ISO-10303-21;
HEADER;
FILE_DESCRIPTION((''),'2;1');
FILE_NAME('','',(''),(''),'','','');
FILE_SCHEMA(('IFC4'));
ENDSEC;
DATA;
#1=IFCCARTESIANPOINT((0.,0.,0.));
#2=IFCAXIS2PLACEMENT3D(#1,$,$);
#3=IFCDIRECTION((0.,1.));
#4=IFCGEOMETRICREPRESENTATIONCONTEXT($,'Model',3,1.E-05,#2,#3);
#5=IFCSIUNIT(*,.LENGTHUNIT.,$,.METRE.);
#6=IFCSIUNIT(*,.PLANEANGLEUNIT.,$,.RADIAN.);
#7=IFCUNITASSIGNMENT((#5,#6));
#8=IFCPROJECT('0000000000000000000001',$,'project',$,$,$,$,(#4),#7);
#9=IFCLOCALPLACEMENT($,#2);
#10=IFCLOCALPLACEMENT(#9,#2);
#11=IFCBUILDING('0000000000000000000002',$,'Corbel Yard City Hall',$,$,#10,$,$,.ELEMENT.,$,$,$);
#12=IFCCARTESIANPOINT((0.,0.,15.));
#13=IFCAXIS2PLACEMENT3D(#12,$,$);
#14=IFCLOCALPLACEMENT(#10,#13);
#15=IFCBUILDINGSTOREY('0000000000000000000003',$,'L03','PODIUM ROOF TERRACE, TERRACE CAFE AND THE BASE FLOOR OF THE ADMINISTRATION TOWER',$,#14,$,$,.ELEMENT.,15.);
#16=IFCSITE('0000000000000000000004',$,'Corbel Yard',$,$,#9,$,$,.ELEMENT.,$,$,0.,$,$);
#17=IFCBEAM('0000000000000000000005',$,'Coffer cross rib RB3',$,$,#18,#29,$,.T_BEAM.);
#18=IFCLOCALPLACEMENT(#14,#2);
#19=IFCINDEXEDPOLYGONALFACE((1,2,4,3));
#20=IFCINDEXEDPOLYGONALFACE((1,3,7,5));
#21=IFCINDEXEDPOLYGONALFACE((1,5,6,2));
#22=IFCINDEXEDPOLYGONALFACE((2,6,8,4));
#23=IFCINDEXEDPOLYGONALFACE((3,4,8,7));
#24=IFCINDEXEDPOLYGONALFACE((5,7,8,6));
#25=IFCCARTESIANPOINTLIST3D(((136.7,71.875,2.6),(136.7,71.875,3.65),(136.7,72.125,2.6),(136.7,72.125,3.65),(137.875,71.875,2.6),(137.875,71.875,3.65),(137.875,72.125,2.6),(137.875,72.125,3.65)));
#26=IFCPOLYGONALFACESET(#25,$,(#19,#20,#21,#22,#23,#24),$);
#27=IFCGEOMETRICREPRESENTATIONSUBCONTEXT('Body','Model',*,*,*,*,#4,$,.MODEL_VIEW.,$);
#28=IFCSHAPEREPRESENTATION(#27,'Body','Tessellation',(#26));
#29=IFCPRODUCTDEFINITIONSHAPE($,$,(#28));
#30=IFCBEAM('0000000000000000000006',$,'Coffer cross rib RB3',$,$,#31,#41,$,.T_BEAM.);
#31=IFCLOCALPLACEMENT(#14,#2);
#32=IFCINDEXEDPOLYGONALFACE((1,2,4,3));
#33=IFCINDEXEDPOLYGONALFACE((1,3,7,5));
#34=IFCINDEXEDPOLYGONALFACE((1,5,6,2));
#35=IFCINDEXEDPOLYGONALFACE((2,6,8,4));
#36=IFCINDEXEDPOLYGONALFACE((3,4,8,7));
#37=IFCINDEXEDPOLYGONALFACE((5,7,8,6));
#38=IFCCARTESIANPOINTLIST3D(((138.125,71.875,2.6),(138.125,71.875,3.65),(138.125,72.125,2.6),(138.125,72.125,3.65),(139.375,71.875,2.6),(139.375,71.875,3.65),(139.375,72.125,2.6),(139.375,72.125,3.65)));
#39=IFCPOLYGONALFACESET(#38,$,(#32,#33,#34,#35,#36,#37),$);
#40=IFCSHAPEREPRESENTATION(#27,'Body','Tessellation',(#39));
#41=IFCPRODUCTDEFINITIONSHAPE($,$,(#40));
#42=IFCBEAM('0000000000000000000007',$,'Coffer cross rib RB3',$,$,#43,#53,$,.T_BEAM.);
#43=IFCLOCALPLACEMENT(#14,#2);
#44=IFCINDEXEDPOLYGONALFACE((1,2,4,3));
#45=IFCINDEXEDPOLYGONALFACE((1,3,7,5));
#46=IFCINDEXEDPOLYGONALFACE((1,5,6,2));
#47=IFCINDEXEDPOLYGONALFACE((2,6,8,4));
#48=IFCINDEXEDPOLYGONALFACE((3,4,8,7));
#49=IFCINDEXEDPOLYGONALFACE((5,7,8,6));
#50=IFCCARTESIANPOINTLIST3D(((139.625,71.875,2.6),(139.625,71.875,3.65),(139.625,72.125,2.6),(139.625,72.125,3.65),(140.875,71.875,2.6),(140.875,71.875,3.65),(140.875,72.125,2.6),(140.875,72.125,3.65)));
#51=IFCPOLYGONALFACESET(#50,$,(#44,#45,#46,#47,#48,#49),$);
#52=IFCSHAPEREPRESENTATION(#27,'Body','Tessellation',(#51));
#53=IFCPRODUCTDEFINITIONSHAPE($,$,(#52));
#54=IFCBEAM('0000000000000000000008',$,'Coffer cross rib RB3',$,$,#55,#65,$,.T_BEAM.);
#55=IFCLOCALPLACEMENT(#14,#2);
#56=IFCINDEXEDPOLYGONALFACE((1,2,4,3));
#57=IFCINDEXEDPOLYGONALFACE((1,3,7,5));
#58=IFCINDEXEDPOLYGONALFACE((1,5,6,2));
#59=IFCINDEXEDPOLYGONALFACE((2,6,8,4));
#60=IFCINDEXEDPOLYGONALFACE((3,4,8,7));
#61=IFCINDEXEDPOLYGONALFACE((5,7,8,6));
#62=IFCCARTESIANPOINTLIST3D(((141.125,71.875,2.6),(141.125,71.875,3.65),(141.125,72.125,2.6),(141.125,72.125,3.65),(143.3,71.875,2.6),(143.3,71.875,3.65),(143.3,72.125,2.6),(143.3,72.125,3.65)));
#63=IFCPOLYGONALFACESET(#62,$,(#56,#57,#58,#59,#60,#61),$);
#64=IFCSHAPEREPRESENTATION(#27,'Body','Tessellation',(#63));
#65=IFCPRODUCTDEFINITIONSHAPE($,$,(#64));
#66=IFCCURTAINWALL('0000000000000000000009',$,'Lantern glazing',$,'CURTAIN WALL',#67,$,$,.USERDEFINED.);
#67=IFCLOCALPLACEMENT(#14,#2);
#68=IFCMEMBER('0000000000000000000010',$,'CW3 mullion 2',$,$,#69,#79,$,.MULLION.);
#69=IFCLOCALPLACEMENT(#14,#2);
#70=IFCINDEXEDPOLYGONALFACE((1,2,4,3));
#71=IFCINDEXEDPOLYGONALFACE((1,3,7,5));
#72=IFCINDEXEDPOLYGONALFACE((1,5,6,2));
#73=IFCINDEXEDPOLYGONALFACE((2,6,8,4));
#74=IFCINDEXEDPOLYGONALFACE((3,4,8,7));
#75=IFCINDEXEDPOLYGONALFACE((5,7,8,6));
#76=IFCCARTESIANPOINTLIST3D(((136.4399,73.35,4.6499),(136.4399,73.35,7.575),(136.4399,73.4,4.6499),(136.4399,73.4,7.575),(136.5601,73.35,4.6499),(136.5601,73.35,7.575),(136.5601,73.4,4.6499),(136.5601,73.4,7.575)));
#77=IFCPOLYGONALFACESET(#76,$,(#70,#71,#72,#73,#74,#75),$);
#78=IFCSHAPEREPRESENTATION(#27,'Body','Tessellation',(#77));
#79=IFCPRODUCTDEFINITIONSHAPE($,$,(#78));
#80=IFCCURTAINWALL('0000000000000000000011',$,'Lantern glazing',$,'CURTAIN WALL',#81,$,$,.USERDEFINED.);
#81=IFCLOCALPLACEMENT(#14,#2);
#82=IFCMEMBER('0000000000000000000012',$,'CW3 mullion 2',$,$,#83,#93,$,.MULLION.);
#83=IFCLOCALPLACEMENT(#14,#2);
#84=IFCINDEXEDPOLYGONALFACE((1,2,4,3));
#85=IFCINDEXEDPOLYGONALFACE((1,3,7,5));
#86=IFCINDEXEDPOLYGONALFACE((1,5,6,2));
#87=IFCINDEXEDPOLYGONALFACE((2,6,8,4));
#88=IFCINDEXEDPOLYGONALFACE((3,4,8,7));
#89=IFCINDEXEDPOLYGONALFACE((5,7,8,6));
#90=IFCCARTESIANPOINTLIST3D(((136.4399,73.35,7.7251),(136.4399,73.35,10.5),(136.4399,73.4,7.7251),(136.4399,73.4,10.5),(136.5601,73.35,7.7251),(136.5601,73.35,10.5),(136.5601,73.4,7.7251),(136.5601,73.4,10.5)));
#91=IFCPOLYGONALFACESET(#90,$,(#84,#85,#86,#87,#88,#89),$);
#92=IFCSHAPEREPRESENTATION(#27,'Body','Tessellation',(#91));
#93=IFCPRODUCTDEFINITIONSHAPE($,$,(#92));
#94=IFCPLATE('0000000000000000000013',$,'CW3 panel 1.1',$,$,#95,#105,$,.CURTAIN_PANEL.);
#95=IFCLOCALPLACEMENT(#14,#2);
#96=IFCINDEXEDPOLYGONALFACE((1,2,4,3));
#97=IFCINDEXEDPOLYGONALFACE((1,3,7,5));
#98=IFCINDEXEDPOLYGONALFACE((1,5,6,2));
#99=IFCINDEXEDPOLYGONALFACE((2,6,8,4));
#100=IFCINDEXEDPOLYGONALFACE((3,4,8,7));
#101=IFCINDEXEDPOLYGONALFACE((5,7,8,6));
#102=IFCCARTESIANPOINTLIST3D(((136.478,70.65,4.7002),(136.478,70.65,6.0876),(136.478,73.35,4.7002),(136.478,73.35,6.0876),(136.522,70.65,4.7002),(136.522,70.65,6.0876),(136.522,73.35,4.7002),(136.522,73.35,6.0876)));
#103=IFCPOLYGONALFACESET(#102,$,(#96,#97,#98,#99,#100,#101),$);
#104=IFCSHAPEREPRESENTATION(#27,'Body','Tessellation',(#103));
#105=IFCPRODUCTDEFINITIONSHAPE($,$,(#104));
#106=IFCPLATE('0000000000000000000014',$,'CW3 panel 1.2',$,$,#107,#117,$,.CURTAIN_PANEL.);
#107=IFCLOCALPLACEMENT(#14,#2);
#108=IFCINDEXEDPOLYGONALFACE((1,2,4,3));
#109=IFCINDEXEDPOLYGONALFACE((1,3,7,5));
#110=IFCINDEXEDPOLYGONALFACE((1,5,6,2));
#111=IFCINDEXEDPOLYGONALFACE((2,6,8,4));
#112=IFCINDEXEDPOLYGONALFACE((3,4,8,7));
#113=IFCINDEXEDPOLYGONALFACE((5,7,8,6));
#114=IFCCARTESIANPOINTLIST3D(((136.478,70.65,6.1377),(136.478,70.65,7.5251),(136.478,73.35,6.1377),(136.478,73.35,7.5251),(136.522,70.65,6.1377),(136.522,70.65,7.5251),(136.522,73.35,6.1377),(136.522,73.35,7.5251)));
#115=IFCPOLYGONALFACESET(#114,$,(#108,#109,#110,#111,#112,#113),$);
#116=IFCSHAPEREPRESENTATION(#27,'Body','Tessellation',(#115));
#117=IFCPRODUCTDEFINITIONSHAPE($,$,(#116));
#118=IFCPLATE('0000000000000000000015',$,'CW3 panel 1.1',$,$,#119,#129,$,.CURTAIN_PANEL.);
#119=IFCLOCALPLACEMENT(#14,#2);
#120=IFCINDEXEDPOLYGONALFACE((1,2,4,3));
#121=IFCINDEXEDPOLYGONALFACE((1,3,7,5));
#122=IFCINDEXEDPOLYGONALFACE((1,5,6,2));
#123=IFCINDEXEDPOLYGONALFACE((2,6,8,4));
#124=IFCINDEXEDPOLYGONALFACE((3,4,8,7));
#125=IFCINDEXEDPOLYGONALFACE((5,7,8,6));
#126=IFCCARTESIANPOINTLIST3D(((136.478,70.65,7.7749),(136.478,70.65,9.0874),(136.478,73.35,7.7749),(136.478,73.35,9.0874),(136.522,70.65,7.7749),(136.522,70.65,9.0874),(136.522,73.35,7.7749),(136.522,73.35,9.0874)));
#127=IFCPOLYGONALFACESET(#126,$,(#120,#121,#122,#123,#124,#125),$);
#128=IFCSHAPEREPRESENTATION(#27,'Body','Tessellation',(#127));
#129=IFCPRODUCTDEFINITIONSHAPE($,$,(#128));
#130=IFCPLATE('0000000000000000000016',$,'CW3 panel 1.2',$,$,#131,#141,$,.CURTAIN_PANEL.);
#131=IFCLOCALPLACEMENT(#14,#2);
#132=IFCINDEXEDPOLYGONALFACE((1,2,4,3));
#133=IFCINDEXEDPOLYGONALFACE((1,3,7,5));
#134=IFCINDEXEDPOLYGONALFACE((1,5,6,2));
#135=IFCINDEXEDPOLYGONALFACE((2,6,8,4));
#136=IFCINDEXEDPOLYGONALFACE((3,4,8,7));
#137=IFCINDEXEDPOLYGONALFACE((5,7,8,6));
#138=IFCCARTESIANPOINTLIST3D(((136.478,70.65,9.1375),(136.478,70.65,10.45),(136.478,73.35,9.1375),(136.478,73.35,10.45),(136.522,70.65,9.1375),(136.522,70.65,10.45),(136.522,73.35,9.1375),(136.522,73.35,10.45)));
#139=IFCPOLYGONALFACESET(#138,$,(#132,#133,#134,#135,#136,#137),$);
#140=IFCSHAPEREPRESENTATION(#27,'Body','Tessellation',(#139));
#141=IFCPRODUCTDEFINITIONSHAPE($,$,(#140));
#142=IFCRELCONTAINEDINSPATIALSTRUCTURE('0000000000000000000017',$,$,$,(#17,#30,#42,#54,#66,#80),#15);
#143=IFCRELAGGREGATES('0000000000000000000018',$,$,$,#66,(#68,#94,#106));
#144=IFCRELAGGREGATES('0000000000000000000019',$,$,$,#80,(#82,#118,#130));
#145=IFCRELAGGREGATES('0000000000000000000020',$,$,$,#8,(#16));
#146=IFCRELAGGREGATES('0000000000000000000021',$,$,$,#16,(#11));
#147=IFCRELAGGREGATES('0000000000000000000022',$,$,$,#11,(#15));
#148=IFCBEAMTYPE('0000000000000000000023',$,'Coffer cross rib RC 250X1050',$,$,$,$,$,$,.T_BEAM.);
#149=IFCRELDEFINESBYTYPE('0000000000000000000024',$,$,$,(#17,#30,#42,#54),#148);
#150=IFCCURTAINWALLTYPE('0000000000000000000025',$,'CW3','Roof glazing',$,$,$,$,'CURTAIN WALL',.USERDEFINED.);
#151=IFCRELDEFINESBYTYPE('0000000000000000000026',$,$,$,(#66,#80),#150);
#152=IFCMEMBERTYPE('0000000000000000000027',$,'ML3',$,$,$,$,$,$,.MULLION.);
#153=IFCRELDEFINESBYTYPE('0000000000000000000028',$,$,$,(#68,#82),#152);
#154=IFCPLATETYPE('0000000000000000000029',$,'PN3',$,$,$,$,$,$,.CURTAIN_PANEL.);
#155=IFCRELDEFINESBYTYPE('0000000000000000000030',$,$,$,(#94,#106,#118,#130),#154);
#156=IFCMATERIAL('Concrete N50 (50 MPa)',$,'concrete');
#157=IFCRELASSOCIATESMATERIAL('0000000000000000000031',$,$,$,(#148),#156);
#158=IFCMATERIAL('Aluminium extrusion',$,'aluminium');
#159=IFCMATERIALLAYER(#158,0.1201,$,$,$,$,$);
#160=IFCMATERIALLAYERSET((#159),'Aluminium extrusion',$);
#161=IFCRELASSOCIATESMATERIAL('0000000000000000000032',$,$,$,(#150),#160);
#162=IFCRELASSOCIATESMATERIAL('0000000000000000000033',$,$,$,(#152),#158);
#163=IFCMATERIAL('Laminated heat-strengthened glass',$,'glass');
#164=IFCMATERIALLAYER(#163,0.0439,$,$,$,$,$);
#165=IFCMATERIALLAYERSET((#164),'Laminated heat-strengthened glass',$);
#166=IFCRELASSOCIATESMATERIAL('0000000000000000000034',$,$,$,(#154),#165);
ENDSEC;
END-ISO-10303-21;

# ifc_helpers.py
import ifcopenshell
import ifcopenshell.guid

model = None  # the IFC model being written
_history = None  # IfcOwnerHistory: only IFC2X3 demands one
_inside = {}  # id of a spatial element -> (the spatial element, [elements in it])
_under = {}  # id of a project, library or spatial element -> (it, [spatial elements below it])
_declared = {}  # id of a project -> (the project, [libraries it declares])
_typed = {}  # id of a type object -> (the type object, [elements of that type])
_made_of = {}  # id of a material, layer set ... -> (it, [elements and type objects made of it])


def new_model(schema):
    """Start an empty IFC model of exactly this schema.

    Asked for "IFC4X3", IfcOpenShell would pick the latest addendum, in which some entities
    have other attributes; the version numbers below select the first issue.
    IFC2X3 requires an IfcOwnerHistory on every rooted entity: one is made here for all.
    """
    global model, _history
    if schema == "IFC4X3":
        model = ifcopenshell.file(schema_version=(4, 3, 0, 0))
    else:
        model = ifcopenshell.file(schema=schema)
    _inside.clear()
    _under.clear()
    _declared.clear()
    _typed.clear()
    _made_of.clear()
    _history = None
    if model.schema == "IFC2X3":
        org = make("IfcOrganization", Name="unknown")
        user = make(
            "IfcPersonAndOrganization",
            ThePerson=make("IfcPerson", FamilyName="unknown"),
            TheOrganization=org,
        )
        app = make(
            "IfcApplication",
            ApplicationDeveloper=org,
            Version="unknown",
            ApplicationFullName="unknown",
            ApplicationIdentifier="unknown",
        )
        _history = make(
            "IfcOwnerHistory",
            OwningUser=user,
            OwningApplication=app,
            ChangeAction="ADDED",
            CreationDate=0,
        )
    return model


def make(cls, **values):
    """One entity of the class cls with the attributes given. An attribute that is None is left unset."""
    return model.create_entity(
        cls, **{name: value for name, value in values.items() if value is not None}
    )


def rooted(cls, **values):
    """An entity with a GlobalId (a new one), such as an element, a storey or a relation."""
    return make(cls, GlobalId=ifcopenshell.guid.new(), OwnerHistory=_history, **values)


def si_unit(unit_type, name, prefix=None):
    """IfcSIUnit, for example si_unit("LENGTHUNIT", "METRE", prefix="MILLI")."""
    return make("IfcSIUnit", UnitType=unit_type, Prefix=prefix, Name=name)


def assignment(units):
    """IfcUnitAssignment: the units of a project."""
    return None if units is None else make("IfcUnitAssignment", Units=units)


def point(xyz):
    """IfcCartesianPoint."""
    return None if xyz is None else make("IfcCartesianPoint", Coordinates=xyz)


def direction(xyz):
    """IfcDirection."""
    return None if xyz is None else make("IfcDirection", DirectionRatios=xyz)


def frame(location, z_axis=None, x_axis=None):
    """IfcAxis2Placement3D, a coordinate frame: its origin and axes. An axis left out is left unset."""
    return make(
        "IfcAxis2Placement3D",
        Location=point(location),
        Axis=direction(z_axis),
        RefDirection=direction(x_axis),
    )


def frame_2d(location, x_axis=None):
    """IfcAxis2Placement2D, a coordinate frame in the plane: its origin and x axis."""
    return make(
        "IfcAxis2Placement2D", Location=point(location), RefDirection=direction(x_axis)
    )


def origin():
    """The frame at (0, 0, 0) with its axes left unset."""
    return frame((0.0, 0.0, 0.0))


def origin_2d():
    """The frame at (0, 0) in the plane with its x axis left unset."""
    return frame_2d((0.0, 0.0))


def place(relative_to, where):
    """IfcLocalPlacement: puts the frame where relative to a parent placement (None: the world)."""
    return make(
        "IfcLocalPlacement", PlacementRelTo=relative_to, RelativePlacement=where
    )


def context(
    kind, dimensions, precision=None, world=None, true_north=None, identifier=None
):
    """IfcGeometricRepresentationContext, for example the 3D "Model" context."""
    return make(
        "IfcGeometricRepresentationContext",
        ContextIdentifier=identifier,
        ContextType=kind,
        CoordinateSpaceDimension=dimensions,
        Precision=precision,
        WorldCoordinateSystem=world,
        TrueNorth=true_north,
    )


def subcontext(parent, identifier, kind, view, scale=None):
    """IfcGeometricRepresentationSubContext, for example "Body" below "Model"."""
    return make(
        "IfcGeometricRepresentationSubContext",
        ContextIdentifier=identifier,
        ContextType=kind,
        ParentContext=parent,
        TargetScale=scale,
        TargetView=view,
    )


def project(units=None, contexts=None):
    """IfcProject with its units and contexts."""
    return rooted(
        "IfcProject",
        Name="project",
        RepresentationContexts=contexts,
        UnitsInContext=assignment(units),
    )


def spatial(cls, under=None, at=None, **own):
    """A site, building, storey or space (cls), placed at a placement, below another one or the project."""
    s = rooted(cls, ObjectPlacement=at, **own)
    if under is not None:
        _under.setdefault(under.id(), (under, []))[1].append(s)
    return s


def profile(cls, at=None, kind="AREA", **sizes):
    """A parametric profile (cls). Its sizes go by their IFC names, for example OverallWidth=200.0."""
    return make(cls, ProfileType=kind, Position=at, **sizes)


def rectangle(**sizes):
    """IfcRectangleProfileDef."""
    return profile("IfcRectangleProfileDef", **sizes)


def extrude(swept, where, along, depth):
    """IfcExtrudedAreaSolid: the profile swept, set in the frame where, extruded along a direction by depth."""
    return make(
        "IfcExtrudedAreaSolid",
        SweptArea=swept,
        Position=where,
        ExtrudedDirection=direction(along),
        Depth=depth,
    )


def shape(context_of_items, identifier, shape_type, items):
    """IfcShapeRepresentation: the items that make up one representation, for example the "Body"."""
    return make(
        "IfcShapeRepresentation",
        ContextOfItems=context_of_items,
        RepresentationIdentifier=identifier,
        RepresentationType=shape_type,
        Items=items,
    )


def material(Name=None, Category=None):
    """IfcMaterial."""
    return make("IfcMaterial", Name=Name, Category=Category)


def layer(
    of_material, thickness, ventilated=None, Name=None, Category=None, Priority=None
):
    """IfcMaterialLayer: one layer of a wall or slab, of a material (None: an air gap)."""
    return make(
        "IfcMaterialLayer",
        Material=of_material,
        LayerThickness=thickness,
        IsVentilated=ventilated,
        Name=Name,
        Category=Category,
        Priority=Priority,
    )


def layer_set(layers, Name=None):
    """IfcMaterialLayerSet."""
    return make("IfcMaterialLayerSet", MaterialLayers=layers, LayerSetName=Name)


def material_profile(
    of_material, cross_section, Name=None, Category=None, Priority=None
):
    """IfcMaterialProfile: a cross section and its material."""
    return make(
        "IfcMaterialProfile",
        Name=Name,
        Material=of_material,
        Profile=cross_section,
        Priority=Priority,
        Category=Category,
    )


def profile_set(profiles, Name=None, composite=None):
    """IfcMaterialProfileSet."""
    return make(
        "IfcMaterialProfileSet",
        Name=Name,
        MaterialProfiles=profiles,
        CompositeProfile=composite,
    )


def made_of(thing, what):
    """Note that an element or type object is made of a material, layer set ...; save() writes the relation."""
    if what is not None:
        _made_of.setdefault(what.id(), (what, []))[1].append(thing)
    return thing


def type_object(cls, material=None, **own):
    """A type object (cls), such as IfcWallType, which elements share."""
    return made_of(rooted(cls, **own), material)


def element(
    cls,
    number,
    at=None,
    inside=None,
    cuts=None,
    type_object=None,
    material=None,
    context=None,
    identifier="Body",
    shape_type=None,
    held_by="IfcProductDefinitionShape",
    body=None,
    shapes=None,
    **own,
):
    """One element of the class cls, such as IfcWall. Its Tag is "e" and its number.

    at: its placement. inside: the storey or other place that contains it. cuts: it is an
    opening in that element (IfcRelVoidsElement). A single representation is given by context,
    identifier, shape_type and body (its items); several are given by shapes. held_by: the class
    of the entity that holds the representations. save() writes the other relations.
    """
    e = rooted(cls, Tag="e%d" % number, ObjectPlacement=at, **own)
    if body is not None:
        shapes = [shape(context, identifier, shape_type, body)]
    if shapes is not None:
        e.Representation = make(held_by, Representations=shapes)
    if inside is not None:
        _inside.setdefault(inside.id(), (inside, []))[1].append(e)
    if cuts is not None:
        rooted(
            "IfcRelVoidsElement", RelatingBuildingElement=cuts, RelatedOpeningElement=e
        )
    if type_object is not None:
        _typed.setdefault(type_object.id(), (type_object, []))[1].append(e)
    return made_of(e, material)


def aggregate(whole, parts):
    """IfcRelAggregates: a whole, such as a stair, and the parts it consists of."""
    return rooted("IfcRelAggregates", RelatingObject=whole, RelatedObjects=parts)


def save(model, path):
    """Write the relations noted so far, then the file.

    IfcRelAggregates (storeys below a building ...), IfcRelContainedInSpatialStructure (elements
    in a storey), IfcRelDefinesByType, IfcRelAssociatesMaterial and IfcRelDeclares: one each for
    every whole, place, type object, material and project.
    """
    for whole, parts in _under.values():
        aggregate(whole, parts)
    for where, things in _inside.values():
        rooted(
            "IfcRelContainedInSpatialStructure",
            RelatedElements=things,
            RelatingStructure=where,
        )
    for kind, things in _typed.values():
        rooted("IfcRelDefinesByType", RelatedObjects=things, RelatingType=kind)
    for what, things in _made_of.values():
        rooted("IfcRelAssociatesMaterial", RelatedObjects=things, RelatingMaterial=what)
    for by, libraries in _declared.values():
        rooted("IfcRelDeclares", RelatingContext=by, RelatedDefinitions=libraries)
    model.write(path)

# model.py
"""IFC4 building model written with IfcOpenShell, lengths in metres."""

from ifc_helpers import new_model, si_unit, direction, frame, origin, origin_2d, place, context, subcontext, project, spatial, rectangle, extrude, material, layer, layer_set, material_profile, profile_set, type_object, element, aggregate, save


model = new_model("IFC4")

# Units and contexts
model_context = context("Model", 3, precision=1e-05, world=origin(), true_north=direction((0.0, 1.0)))
body_context = subcontext(model_context, "Body", "Model", "MODEL_VIEW")
ifc_project = project(units=[si_unit("LENGTHUNIT", "METRE"), si_unit("PLANEANGLEUNIT", "RADIAN")], contexts=[model_context])

# Site, building, storey
site_placement = place(None, origin())
site = spatial("IfcSite", under=ifc_project, at=site_placement, Name="Corbel Yard", CompositionType="ELEMENT", RefElevation=0.0)
building_placement = place(site_placement, origin())
building = spatial("IfcBuilding", under=site, at=building_placement, Name="Corbel Yard City Hall", CompositionType="ELEMENT")
storey_placement = place(building_placement, frame((0.0, 0.0, 15.0)))
storey = spatial("IfcBuildingStorey", under=building, at=storey_placement, Name="L03", Description="PODIUM ROOF TERRACE, TERRACE CAFE AND THE BASE FLOOR OF THE ADMINISTRATION TOWER", CompositionType="ELEMENT", Elevation=15.0)

# Beams
ifc_material_1 = material(Name="Concrete N50 (50 MPa)", Category="concrete")
ifc_material_profile_1 = material_profile(ifc_material_1, rectangle(XDim=0.25, YDim=1.05, at=origin_2d()), Name="250x1050")
ifc_profile_set_1 = profile_set([ifc_material_profile_1], Name="Concrete N50 (50 MPa)")
beam_type = type_object("IfcBeamType", Name="Coffer cross rib RC 250X1050", PredefinedType="T_BEAM", material=ifc_profile_set_1)
beam_1_placement = place(storey_placement, frame((136.7, 72.0, 3.125), z_axis=(1.0, 0.0, 0.0), x_axis=(0.0, 1.0, 0.0)))
element("IfcBeam", 1, at=beam_1_placement, inside=storey, type_object=beam_type, Name="Coffer cross rib RB3", PredefinedType="T_BEAM", context=body_context, shape_type="SweptSolid", body=[
    extrude(rectangle(XDim=0.25, YDim=1.05, at=origin_2d()), origin(), (0.0, 0.0, 1.0), 1.175),
])
for number, where, z_axis, x_axis, name in (
    (2, (138.125, 72.0, 3.125), (1.0, 0.0, 0.0), (0.0, 1.0, 0.0), "Coffer cross rib RB3"),
    (3, (139.625, 72.0, 3.125), (1.0, 0.0, 0.0), (0.0, 1.0, 0.0), "Coffer cross rib RB3"),
):
    element("IfcBeam", number, at=place(storey_placement, frame(where, z_axis=z_axis, x_axis=x_axis)), inside=storey, type_object=beam_type, Name=name, PredefinedType="T_BEAM", context=body_context, shape_type="SweptSolid", body=[
        extrude(rectangle(XDim=0.25, YDim=1.05, at=origin_2d()), origin(), (0.0, 0.0, 1.0), 1.25),
    ])
beam_2_placement = place(storey_placement, frame((141.125, 72.0, 3.125), z_axis=(1.0, 0.0, 0.0), x_axis=(0.0, 1.0, 0.0)))
element("IfcBeam", 4, at=beam_2_placement, inside=storey, type_object=beam_type, Name="Coffer cross rib RB3", PredefinedType="T_BEAM", context=body_context, shape_type="SweptSolid", body=[
    extrude(rectangle(XDim=0.25, YDim=1.05, at=origin_2d()), origin(), (0.0, 0.0, 1.0), 2.175),
])

# Curtain walls, members
ifc_material_2 = material(Name="Aluminium extrusion", Category="aluminium")
ifc_layer_1 = layer(ifc_material_2, 0.1201)
ifc_layer_set_1 = layer_set([ifc_layer_1], Name="Aluminium extrusion")
curtain_wall_type = type_object("IfcCurtainWallType", Name="CW3", Description="Roof glazing", ElementType="CURTAIN WALL", PredefinedType="USERDEFINED", material=ifc_layer_set_1)
curtain_wall_1_placement = place(storey_placement, origin())
curtain_wall_1 = element("IfcCurtainWall", 5, at=curtain_wall_1_placement, inside=storey, type_object=curtain_wall_type, Name="Lantern glazing", ObjectType="CURTAIN WALL", PredefinedType="USERDEFINED")
ifc_material_profile_2 = material_profile(ifc_material_2, rectangle(XDim=0.1201, YDim=0.05, at=origin_2d()), Name="120x50")
ifc_profile_set_2 = profile_set([ifc_material_profile_2], Name="Aluminium extrusion")
member_type = type_object("IfcMemberType", Name="ML3", PredefinedType="MULLION", material=ifc_profile_set_2)
member_1_placement = place(storey_placement, frame((136.5, 73.375, 4.6499), z_axis=(0.0, 0.0, 1.0), x_axis=(-1.0, 0.0, 0.0)))
member_1 = element("IfcMember", 6, at=member_1_placement, type_object=member_type, Name="CW3 mullion 2", PredefinedType="MULLION", context=body_context, shape_type="SweptSolid", body=[
    extrude(rectangle(XDim=0.1201, YDim=0.05, at=origin_2d()), origin(), (0.0, 0.0, 1.0), 2.925),
])
curtain_wall_2_placement = place(storey_placement, origin())
curtain_wall_2 = element("IfcCurtainWall", 7, at=curtain_wall_2_placement, inside=storey, type_object=curtain_wall_type, Name="Lantern glazing", ObjectType="CURTAIN WALL", PredefinedType="USERDEFINED")
member_2_placement = place(storey_placement, frame((136.5, 73.375, 7.7251), z_axis=(0.0, 0.0, 1.0), x_axis=(-1.0, 0.0, 0.0)))
member_2 = element("IfcMember", 8, at=member_2_placement, type_object=member_type, Name="CW3 mullion 2", PredefinedType="MULLION", context=body_context, shape_type="SweptSolid", body=[
    extrude(rectangle(XDim=0.1201, YDim=0.05, at=origin_2d()), origin(), (0.0, 0.0, 1.0), 2.7749),
])

# Plates
ifc_material_3 = material(Name="Laminated heat-strengthened glass", Category="glass")
ifc_layer_2 = layer(ifc_material_3, 0.0439)
ifc_layer_set_2 = layer_set([ifc_layer_2], Name="Laminated heat-strengthened glass")
plate_type = type_object("IfcPlateType", Name="PN3", PredefinedType="CURTAIN_PANEL", material=ifc_layer_set_2)
plate_1_placement = place(storey_placement, frame((136.5, 72.0, 4.7002), z_axis=(0.0, 0.0, 1.0), x_axis=(0.0, 1.0, 0.0)))
plate_1 = element("IfcPlate", 9, at=plate_1_placement, type_object=plate_type, Name="CW3 panel 1.1", PredefinedType="CURTAIN_PANEL", context=body_context, shape_type="SweptSolid", body=[
    extrude(rectangle(XDim=2.7, YDim=0.0439, at=origin_2d()), origin(), (0.0, 0.0, 1.0), 1.3875),
])
plate_2_placement = place(storey_placement, frame((136.5, 72.0, 6.1377), z_axis=(0.0, 0.0, 1.0), x_axis=(0.0, 1.0, 0.0)))
plate_2 = element("IfcPlate", 10, at=plate_2_placement, type_object=plate_type, Name="CW3 panel 1.2", PredefinedType="CURTAIN_PANEL", context=body_context, shape_type="SweptSolid", body=[
    extrude(rectangle(XDim=2.7, YDim=0.0439, at=origin_2d()), origin(), (0.0, 0.0, 1.0), 1.3875),
])
aggregate(curtain_wall_1, [member_1, plate_1, plate_2])
plate_3_placement = place(storey_placement, frame((136.5, 72.0, 7.7749), z_axis=(0.0, 0.0, 1.0), x_axis=(0.0, 1.0, 0.0)))
plate_3 = element("IfcPlate", 11, at=plate_3_placement, type_object=plate_type, Name="CW3 panel 1.1", PredefinedType="CURTAIN_PANEL", context=body_context, shape_type="SweptSolid", body=[
    extrude(rectangle(XDim=2.7, YDim=0.0439, at=origin_2d()), origin(), (0.0, 0.0, 1.0), 1.3125),
])
plate_4_placement = place(storey_placement, frame((136.5, 72.0, 9.1375), z_axis=(0.0, 0.0, 1.0), x_axis=(0.0, 1.0, 0.0)))
plate_4 = element("IfcPlate", 12, at=plate_4_placement, type_object=plate_type, Name="CW3 panel 1.2", PredefinedType="CURTAIN_PANEL", context=body_context, shape_type="SweptSolid", body=[
    extrude(rectangle(XDim=2.7, YDim=0.0439, at=origin_2d()), origin(), (0.0, 0.0, 1.0), 1.3125),
])
aggregate(curtain_wall_2, [member_2, plate_3, plate_4])

save(model, "model.ifc")
